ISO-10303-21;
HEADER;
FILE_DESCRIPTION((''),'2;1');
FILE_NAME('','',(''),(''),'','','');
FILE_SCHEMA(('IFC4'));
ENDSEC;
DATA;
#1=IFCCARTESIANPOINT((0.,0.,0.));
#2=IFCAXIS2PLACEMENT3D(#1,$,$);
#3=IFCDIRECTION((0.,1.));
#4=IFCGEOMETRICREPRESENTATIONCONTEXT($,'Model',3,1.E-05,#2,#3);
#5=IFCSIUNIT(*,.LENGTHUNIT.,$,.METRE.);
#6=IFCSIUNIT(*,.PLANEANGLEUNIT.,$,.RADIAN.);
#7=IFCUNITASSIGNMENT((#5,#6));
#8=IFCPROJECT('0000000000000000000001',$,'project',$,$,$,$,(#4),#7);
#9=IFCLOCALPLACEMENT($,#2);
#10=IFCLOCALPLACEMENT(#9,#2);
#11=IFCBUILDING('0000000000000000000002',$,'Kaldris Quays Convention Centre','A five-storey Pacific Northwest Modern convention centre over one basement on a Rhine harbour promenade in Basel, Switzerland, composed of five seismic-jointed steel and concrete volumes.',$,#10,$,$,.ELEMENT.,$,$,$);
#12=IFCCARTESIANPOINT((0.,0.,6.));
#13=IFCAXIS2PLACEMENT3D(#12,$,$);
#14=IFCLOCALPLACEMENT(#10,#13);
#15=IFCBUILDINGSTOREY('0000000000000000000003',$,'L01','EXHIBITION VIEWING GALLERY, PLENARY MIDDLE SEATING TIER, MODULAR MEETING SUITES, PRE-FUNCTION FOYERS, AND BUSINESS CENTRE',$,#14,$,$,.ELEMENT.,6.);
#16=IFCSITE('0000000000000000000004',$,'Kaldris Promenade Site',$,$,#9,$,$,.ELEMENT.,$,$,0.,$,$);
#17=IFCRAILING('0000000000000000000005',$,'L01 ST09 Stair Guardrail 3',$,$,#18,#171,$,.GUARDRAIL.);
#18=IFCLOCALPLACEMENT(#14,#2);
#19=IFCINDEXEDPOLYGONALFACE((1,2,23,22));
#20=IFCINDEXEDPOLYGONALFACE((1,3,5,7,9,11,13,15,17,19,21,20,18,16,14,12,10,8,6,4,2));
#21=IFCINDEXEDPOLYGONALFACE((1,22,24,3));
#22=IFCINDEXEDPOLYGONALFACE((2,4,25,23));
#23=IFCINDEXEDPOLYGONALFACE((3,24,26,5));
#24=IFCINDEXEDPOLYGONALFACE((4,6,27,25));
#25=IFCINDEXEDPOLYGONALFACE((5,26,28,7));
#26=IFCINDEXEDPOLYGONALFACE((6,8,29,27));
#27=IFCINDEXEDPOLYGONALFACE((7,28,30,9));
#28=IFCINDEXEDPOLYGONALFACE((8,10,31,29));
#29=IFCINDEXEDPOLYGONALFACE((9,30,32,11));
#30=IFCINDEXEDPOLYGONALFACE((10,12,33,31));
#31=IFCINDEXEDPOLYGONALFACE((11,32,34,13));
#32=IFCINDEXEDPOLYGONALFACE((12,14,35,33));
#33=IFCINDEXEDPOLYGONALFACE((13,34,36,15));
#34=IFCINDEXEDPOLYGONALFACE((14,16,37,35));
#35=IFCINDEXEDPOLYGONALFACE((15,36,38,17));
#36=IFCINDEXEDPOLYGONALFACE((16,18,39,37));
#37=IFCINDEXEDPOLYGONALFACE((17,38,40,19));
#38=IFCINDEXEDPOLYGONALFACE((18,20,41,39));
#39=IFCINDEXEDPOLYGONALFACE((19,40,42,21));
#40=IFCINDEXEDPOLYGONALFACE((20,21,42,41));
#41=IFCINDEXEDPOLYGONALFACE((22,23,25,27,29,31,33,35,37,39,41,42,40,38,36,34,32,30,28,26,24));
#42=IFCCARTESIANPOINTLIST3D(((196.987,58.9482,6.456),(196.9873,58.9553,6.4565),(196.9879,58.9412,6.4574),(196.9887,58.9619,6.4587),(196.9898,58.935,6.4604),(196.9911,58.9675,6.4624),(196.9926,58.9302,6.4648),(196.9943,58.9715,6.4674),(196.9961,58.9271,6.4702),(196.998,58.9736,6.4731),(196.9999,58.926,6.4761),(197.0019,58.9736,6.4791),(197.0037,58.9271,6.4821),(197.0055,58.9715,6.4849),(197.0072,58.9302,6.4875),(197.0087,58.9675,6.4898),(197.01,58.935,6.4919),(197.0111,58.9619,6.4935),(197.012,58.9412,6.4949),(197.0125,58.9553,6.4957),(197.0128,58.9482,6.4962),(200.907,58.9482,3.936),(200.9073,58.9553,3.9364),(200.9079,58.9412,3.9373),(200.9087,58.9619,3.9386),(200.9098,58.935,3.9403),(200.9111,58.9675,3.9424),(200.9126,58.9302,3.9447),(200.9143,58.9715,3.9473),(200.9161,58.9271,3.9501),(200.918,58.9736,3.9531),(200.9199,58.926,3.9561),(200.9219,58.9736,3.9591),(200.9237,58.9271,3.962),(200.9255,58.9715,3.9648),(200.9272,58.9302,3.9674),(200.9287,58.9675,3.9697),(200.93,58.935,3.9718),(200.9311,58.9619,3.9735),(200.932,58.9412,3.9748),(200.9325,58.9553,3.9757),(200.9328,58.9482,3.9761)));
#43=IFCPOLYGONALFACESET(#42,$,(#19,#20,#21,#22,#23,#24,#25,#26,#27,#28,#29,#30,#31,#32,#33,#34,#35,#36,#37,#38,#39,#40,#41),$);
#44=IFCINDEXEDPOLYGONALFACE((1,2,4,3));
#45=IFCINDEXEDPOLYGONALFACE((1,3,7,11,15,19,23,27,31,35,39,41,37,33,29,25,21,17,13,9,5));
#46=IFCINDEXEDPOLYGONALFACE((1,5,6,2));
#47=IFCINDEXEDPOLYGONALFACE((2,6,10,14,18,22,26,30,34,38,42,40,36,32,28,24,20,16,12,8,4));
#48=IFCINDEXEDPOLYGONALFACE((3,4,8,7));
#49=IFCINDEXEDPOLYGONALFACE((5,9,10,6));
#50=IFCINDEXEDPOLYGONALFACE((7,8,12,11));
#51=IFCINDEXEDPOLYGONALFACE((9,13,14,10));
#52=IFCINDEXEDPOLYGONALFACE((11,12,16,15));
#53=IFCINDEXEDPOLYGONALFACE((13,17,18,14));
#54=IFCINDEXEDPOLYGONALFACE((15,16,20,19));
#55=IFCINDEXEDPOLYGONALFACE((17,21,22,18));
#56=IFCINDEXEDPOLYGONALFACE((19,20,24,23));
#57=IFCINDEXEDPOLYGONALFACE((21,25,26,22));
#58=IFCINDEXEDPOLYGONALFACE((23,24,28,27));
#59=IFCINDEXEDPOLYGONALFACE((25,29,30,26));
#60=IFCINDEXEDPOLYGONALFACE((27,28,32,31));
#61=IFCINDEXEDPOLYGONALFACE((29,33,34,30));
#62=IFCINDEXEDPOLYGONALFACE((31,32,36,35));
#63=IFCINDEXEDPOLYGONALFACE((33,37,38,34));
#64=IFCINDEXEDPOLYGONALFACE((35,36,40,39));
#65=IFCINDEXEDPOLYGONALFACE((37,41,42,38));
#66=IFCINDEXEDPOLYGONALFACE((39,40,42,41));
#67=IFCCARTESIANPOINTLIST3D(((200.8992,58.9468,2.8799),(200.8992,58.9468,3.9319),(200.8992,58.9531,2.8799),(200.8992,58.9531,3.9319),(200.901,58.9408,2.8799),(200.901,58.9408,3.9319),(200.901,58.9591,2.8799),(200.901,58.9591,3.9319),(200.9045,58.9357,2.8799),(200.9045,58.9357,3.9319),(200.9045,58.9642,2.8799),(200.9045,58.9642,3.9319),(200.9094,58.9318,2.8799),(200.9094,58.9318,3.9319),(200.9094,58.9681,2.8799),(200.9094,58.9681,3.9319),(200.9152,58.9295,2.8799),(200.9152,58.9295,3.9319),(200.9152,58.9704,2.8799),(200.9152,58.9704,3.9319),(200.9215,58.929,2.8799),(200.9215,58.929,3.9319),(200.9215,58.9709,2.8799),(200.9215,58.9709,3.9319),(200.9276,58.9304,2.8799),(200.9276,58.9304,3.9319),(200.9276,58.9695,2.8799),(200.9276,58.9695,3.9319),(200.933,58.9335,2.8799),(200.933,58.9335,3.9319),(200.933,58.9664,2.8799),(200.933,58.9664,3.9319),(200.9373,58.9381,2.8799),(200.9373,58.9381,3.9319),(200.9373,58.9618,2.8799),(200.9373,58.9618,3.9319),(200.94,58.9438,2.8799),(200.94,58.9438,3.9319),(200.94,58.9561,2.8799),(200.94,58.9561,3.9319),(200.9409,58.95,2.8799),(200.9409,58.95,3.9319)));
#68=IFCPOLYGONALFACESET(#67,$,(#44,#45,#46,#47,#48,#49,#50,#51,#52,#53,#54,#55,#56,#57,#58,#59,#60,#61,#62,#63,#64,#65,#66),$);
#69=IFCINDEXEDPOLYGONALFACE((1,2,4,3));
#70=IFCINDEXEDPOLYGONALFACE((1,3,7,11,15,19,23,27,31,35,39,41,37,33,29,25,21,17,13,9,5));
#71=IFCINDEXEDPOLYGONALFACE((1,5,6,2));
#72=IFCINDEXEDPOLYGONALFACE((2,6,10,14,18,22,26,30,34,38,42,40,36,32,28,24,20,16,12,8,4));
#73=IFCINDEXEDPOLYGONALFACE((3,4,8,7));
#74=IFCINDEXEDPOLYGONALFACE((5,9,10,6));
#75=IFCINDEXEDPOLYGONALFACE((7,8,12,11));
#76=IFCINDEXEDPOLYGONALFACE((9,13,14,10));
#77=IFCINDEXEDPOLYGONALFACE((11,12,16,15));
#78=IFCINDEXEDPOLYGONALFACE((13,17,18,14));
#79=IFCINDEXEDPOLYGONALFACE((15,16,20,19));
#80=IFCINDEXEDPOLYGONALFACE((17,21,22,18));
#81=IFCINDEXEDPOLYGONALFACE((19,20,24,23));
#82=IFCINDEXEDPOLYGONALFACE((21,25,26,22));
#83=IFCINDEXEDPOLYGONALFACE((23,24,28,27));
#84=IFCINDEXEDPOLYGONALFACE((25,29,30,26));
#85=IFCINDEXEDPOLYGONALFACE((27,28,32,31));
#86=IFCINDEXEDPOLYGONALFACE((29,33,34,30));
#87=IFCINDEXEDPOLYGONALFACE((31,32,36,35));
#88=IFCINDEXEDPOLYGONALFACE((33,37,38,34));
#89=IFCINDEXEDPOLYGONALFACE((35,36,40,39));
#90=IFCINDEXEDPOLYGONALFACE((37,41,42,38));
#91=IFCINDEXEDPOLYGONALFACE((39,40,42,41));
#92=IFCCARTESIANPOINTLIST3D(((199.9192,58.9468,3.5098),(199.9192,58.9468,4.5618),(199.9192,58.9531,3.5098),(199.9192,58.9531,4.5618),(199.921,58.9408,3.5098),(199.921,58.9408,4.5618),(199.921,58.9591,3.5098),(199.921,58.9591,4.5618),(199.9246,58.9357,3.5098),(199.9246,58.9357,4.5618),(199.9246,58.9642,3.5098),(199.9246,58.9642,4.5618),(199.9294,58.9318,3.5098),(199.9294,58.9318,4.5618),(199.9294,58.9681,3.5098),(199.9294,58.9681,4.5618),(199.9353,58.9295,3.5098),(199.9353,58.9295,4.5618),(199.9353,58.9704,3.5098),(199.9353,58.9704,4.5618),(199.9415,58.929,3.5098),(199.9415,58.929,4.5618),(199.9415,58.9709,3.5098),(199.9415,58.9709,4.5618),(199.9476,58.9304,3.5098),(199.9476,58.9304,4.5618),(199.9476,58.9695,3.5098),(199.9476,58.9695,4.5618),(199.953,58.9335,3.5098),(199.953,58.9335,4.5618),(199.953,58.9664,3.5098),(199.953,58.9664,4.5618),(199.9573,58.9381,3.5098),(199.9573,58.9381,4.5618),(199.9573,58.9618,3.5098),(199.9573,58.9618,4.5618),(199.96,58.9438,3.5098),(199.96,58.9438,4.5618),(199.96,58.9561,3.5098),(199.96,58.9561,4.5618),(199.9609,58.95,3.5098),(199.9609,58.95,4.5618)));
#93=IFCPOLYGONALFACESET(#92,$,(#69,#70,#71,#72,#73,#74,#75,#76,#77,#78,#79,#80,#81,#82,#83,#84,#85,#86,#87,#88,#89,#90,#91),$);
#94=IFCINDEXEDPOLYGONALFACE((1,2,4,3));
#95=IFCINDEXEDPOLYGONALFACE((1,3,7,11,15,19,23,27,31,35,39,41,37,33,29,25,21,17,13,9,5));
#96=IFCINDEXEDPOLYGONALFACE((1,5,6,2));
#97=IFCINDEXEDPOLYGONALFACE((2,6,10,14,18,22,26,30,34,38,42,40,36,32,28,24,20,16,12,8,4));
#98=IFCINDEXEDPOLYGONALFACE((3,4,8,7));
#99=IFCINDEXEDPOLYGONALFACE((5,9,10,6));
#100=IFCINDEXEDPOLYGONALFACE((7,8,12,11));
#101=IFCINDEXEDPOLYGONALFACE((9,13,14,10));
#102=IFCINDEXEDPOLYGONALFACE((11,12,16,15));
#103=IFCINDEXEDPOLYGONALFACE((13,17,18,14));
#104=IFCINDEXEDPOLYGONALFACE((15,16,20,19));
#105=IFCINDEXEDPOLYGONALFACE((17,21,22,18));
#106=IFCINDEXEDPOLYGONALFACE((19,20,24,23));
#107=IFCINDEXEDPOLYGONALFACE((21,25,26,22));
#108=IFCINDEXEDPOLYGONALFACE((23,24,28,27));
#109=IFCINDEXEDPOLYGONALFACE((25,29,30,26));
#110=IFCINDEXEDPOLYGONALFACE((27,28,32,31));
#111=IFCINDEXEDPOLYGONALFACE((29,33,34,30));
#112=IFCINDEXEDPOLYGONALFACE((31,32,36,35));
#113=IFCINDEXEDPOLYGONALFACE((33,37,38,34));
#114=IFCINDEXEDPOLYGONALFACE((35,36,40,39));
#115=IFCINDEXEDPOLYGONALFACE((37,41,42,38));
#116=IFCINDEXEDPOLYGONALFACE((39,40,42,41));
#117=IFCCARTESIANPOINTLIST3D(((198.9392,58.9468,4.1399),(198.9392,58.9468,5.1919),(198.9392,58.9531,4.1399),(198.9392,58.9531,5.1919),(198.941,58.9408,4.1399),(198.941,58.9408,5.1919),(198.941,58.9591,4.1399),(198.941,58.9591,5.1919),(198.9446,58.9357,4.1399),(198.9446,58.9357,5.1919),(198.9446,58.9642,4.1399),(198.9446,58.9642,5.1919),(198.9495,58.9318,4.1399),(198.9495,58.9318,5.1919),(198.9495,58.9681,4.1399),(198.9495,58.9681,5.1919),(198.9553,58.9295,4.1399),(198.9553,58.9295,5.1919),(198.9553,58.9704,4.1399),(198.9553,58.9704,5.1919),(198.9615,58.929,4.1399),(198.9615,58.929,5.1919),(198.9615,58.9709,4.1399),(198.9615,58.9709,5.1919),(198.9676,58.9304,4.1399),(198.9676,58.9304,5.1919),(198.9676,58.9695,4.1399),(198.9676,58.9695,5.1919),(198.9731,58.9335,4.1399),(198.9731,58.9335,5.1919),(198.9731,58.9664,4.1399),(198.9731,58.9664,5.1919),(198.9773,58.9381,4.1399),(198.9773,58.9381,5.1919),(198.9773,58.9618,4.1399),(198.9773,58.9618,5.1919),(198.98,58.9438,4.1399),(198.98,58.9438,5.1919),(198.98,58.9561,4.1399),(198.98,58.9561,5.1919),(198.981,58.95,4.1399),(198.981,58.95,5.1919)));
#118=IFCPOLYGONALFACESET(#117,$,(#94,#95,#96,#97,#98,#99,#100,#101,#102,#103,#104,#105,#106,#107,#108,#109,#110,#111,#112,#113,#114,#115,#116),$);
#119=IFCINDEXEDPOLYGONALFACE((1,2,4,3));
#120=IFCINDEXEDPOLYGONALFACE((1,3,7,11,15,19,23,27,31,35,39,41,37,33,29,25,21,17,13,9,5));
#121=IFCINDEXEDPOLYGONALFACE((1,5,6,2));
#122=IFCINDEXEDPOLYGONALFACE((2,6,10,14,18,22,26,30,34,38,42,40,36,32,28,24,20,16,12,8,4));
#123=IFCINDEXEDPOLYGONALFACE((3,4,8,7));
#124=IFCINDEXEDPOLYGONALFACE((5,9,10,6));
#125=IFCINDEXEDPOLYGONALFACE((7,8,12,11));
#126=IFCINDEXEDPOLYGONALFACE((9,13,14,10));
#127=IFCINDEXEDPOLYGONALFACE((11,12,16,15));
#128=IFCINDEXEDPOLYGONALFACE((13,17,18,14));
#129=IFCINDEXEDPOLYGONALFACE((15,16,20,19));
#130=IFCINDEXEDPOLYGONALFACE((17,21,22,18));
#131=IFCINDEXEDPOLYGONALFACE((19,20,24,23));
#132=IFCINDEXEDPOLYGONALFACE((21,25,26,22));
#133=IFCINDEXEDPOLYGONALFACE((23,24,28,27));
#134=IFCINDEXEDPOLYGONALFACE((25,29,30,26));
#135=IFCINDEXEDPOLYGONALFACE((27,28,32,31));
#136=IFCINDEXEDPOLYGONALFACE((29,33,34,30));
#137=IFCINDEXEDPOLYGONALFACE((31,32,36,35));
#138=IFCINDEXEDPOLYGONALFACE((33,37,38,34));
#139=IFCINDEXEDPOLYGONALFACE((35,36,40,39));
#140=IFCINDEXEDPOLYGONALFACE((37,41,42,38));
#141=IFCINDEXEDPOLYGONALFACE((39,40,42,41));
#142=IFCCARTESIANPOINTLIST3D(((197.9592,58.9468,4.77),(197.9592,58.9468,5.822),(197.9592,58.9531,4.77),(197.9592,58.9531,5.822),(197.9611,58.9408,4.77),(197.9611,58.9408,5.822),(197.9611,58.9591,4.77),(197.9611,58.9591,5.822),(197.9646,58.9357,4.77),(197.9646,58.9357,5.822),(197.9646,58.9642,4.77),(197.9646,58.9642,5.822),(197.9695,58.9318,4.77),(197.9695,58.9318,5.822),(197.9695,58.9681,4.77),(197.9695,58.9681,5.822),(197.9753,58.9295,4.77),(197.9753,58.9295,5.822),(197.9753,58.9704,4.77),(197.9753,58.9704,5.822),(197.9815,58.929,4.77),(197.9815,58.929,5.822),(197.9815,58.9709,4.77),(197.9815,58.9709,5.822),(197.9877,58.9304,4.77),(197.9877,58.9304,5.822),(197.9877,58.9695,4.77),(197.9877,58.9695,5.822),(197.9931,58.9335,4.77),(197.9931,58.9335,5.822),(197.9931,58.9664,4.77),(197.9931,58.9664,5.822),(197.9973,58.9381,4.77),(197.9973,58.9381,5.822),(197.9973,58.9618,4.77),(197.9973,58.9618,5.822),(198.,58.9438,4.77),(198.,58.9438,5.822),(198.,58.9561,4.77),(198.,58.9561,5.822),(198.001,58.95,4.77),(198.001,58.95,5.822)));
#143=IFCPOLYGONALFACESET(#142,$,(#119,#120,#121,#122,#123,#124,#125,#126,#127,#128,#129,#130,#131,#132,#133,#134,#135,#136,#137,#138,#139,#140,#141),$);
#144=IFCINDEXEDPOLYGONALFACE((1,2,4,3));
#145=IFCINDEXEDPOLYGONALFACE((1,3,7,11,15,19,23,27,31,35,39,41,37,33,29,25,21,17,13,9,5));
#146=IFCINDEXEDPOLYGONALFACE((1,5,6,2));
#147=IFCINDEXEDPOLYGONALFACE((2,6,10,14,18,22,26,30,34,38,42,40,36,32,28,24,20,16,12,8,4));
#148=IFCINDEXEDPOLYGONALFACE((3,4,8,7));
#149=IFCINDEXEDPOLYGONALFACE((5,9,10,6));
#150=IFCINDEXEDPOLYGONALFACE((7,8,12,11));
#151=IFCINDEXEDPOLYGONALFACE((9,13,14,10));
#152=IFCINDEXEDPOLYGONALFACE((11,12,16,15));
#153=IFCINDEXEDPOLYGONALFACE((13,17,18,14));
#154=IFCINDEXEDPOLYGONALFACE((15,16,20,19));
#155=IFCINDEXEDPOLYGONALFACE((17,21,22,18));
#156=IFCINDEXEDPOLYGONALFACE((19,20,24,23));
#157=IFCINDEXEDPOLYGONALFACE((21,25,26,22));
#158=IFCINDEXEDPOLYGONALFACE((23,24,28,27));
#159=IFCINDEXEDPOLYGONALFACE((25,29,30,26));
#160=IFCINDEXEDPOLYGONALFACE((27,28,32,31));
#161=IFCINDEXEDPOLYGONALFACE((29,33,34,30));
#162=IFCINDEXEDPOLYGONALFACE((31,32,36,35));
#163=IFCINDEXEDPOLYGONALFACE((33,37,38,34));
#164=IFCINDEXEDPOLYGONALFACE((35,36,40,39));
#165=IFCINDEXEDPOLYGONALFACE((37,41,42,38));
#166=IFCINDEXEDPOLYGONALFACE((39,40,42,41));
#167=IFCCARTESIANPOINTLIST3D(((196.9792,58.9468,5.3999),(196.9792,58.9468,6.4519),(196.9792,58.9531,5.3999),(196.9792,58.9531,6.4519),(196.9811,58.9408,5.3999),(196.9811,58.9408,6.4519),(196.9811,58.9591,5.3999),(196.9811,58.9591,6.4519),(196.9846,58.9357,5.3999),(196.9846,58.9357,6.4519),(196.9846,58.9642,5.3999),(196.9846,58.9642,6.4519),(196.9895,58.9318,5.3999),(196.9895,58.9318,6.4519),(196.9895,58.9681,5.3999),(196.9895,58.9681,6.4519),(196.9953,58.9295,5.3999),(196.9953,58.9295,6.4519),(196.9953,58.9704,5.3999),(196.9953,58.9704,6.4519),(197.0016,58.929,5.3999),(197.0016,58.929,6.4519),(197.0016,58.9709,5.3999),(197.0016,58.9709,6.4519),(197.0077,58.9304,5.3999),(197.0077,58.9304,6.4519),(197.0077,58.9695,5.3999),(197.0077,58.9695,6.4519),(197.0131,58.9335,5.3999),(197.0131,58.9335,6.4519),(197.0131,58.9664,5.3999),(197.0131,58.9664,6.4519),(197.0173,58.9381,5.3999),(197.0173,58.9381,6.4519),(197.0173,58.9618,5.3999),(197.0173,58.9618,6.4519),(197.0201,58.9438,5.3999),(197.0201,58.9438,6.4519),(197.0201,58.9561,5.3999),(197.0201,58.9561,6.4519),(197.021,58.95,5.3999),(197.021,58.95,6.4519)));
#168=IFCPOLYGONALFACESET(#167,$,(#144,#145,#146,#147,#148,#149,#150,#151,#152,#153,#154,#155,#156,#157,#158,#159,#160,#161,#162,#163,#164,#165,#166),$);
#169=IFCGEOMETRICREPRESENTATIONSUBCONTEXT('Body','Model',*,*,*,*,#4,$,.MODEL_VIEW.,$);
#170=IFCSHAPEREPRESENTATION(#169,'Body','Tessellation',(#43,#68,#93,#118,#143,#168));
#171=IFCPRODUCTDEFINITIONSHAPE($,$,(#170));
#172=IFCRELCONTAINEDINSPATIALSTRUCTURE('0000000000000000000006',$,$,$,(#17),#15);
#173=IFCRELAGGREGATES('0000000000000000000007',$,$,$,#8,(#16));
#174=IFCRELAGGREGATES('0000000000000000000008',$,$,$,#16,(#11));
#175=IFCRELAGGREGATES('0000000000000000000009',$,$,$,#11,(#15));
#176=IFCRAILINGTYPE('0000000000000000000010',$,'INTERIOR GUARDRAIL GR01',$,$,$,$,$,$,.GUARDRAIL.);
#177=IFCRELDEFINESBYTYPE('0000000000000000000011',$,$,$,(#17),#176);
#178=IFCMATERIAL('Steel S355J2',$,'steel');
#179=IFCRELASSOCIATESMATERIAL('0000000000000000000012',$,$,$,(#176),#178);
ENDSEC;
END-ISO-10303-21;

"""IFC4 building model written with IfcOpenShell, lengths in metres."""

from ifc_helpers import new_model, si_unit, direction, frame, origin, origin_2d, place, context, subcontext, project, spatial, circle, extrude, material, type_object, element, save


model = new_model("IFC4")

# Units and contexts
model_context = context("Model", 3, precision=1e-05, world=origin(), true_north=direction((0.0, 1.0)))
body_context = subcontext(model_context, "Body", "Model", "MODEL_VIEW")
ifc_project = project(units=[si_unit("LENGTHUNIT", "METRE"), si_unit("PLANEANGLEUNIT", "RADIAN")], contexts=[model_context])

# Site, building, storey
site_placement = place(None, origin())
site = spatial("IfcSite", under=ifc_project, at=site_placement, Name="Kaldris Promenade Site", CompositionType="ELEMENT", RefElevation=0.0)
building_placement = place(site_placement, origin())
building = spatial("IfcBuilding", under=site, at=building_placement, Name="Kaldris Quays Convention Centre", Description="A five-storey Pacific Northwest Modern convention centre over one basement on a Rhine harbour promenade in Basel, Switzerland, composed of five seismic-jointed steel and concrete volumes.", CompositionType="ELEMENT")
storey_placement = place(building_placement, frame((0.0, 0.0, 6.0)))
storey = spatial("IfcBuildingStorey", under=building, at=storey_placement, Name="L01", Description="EXHIBITION VIEWING GALLERY, PLENARY MIDDLE SEATING TIER, MODULAR MEETING SUITES, PRE-FUNCTION FOYERS, AND BUSINESS CENTRE", CompositionType="ELEMENT", Elevation=6.0)

# Railing
ifc_material_1 = material(Name="Steel S355J2", Category="steel")
railing_type_1 = type_object("IfcRailingType", Name="INTERIOR GUARDRAIL GR01", PredefinedType="GUARDRAIL", material=ifc_material_1)
railing_1_placement = place(storey_placement, frame((200.9199, 58.95, 2.8799)))
element("IfcRailing", 1, at=railing_1_placement, inside=storey, type_object=railing_type_1, Name="L01 ST09 Stair Guardrail 3", PredefinedType="GUARDRAIL", context=body_context, shape_type="SweptSolid", body=[
    extrude(circle(Radius=0.0239, at=origin_2d()), frame((0.0, 0.0, 1.0762), z_axis=(-0.841172, 0.0, 0.540768), x_axis=(0.0, -1.0, 0.0)), (0.0, 0.0, 1.0), 4.6602),
    extrude(circle(Radius=0.021, at=origin_2d()), origin(), (0.0, 0.0, 1.0), 1.052),
    extrude(circle(Radius=0.021, at=origin_2d()), frame((-0.98, 0.0, 0.6299)), (0.0, 0.0, 1.0), 1.052),
    extrude(circle(Radius=0.021, at=origin_2d()), frame((-1.96, 0.0, 1.26)), (0.0, 0.0, 1.0), 1.052),
    extrude(circle(Radius=0.021, at=origin_2d()), frame((-2.9399, 0.0, 1.8901)), (0.0, 0.0, 1.0), 1.052),
    extrude(circle(Radius=0.021, at=origin_2d()), frame((-3.9199, 0.0, 2.52)), (0.0, 0.0, 1.0), 1.052),
])

save(model, "model.ifc")
